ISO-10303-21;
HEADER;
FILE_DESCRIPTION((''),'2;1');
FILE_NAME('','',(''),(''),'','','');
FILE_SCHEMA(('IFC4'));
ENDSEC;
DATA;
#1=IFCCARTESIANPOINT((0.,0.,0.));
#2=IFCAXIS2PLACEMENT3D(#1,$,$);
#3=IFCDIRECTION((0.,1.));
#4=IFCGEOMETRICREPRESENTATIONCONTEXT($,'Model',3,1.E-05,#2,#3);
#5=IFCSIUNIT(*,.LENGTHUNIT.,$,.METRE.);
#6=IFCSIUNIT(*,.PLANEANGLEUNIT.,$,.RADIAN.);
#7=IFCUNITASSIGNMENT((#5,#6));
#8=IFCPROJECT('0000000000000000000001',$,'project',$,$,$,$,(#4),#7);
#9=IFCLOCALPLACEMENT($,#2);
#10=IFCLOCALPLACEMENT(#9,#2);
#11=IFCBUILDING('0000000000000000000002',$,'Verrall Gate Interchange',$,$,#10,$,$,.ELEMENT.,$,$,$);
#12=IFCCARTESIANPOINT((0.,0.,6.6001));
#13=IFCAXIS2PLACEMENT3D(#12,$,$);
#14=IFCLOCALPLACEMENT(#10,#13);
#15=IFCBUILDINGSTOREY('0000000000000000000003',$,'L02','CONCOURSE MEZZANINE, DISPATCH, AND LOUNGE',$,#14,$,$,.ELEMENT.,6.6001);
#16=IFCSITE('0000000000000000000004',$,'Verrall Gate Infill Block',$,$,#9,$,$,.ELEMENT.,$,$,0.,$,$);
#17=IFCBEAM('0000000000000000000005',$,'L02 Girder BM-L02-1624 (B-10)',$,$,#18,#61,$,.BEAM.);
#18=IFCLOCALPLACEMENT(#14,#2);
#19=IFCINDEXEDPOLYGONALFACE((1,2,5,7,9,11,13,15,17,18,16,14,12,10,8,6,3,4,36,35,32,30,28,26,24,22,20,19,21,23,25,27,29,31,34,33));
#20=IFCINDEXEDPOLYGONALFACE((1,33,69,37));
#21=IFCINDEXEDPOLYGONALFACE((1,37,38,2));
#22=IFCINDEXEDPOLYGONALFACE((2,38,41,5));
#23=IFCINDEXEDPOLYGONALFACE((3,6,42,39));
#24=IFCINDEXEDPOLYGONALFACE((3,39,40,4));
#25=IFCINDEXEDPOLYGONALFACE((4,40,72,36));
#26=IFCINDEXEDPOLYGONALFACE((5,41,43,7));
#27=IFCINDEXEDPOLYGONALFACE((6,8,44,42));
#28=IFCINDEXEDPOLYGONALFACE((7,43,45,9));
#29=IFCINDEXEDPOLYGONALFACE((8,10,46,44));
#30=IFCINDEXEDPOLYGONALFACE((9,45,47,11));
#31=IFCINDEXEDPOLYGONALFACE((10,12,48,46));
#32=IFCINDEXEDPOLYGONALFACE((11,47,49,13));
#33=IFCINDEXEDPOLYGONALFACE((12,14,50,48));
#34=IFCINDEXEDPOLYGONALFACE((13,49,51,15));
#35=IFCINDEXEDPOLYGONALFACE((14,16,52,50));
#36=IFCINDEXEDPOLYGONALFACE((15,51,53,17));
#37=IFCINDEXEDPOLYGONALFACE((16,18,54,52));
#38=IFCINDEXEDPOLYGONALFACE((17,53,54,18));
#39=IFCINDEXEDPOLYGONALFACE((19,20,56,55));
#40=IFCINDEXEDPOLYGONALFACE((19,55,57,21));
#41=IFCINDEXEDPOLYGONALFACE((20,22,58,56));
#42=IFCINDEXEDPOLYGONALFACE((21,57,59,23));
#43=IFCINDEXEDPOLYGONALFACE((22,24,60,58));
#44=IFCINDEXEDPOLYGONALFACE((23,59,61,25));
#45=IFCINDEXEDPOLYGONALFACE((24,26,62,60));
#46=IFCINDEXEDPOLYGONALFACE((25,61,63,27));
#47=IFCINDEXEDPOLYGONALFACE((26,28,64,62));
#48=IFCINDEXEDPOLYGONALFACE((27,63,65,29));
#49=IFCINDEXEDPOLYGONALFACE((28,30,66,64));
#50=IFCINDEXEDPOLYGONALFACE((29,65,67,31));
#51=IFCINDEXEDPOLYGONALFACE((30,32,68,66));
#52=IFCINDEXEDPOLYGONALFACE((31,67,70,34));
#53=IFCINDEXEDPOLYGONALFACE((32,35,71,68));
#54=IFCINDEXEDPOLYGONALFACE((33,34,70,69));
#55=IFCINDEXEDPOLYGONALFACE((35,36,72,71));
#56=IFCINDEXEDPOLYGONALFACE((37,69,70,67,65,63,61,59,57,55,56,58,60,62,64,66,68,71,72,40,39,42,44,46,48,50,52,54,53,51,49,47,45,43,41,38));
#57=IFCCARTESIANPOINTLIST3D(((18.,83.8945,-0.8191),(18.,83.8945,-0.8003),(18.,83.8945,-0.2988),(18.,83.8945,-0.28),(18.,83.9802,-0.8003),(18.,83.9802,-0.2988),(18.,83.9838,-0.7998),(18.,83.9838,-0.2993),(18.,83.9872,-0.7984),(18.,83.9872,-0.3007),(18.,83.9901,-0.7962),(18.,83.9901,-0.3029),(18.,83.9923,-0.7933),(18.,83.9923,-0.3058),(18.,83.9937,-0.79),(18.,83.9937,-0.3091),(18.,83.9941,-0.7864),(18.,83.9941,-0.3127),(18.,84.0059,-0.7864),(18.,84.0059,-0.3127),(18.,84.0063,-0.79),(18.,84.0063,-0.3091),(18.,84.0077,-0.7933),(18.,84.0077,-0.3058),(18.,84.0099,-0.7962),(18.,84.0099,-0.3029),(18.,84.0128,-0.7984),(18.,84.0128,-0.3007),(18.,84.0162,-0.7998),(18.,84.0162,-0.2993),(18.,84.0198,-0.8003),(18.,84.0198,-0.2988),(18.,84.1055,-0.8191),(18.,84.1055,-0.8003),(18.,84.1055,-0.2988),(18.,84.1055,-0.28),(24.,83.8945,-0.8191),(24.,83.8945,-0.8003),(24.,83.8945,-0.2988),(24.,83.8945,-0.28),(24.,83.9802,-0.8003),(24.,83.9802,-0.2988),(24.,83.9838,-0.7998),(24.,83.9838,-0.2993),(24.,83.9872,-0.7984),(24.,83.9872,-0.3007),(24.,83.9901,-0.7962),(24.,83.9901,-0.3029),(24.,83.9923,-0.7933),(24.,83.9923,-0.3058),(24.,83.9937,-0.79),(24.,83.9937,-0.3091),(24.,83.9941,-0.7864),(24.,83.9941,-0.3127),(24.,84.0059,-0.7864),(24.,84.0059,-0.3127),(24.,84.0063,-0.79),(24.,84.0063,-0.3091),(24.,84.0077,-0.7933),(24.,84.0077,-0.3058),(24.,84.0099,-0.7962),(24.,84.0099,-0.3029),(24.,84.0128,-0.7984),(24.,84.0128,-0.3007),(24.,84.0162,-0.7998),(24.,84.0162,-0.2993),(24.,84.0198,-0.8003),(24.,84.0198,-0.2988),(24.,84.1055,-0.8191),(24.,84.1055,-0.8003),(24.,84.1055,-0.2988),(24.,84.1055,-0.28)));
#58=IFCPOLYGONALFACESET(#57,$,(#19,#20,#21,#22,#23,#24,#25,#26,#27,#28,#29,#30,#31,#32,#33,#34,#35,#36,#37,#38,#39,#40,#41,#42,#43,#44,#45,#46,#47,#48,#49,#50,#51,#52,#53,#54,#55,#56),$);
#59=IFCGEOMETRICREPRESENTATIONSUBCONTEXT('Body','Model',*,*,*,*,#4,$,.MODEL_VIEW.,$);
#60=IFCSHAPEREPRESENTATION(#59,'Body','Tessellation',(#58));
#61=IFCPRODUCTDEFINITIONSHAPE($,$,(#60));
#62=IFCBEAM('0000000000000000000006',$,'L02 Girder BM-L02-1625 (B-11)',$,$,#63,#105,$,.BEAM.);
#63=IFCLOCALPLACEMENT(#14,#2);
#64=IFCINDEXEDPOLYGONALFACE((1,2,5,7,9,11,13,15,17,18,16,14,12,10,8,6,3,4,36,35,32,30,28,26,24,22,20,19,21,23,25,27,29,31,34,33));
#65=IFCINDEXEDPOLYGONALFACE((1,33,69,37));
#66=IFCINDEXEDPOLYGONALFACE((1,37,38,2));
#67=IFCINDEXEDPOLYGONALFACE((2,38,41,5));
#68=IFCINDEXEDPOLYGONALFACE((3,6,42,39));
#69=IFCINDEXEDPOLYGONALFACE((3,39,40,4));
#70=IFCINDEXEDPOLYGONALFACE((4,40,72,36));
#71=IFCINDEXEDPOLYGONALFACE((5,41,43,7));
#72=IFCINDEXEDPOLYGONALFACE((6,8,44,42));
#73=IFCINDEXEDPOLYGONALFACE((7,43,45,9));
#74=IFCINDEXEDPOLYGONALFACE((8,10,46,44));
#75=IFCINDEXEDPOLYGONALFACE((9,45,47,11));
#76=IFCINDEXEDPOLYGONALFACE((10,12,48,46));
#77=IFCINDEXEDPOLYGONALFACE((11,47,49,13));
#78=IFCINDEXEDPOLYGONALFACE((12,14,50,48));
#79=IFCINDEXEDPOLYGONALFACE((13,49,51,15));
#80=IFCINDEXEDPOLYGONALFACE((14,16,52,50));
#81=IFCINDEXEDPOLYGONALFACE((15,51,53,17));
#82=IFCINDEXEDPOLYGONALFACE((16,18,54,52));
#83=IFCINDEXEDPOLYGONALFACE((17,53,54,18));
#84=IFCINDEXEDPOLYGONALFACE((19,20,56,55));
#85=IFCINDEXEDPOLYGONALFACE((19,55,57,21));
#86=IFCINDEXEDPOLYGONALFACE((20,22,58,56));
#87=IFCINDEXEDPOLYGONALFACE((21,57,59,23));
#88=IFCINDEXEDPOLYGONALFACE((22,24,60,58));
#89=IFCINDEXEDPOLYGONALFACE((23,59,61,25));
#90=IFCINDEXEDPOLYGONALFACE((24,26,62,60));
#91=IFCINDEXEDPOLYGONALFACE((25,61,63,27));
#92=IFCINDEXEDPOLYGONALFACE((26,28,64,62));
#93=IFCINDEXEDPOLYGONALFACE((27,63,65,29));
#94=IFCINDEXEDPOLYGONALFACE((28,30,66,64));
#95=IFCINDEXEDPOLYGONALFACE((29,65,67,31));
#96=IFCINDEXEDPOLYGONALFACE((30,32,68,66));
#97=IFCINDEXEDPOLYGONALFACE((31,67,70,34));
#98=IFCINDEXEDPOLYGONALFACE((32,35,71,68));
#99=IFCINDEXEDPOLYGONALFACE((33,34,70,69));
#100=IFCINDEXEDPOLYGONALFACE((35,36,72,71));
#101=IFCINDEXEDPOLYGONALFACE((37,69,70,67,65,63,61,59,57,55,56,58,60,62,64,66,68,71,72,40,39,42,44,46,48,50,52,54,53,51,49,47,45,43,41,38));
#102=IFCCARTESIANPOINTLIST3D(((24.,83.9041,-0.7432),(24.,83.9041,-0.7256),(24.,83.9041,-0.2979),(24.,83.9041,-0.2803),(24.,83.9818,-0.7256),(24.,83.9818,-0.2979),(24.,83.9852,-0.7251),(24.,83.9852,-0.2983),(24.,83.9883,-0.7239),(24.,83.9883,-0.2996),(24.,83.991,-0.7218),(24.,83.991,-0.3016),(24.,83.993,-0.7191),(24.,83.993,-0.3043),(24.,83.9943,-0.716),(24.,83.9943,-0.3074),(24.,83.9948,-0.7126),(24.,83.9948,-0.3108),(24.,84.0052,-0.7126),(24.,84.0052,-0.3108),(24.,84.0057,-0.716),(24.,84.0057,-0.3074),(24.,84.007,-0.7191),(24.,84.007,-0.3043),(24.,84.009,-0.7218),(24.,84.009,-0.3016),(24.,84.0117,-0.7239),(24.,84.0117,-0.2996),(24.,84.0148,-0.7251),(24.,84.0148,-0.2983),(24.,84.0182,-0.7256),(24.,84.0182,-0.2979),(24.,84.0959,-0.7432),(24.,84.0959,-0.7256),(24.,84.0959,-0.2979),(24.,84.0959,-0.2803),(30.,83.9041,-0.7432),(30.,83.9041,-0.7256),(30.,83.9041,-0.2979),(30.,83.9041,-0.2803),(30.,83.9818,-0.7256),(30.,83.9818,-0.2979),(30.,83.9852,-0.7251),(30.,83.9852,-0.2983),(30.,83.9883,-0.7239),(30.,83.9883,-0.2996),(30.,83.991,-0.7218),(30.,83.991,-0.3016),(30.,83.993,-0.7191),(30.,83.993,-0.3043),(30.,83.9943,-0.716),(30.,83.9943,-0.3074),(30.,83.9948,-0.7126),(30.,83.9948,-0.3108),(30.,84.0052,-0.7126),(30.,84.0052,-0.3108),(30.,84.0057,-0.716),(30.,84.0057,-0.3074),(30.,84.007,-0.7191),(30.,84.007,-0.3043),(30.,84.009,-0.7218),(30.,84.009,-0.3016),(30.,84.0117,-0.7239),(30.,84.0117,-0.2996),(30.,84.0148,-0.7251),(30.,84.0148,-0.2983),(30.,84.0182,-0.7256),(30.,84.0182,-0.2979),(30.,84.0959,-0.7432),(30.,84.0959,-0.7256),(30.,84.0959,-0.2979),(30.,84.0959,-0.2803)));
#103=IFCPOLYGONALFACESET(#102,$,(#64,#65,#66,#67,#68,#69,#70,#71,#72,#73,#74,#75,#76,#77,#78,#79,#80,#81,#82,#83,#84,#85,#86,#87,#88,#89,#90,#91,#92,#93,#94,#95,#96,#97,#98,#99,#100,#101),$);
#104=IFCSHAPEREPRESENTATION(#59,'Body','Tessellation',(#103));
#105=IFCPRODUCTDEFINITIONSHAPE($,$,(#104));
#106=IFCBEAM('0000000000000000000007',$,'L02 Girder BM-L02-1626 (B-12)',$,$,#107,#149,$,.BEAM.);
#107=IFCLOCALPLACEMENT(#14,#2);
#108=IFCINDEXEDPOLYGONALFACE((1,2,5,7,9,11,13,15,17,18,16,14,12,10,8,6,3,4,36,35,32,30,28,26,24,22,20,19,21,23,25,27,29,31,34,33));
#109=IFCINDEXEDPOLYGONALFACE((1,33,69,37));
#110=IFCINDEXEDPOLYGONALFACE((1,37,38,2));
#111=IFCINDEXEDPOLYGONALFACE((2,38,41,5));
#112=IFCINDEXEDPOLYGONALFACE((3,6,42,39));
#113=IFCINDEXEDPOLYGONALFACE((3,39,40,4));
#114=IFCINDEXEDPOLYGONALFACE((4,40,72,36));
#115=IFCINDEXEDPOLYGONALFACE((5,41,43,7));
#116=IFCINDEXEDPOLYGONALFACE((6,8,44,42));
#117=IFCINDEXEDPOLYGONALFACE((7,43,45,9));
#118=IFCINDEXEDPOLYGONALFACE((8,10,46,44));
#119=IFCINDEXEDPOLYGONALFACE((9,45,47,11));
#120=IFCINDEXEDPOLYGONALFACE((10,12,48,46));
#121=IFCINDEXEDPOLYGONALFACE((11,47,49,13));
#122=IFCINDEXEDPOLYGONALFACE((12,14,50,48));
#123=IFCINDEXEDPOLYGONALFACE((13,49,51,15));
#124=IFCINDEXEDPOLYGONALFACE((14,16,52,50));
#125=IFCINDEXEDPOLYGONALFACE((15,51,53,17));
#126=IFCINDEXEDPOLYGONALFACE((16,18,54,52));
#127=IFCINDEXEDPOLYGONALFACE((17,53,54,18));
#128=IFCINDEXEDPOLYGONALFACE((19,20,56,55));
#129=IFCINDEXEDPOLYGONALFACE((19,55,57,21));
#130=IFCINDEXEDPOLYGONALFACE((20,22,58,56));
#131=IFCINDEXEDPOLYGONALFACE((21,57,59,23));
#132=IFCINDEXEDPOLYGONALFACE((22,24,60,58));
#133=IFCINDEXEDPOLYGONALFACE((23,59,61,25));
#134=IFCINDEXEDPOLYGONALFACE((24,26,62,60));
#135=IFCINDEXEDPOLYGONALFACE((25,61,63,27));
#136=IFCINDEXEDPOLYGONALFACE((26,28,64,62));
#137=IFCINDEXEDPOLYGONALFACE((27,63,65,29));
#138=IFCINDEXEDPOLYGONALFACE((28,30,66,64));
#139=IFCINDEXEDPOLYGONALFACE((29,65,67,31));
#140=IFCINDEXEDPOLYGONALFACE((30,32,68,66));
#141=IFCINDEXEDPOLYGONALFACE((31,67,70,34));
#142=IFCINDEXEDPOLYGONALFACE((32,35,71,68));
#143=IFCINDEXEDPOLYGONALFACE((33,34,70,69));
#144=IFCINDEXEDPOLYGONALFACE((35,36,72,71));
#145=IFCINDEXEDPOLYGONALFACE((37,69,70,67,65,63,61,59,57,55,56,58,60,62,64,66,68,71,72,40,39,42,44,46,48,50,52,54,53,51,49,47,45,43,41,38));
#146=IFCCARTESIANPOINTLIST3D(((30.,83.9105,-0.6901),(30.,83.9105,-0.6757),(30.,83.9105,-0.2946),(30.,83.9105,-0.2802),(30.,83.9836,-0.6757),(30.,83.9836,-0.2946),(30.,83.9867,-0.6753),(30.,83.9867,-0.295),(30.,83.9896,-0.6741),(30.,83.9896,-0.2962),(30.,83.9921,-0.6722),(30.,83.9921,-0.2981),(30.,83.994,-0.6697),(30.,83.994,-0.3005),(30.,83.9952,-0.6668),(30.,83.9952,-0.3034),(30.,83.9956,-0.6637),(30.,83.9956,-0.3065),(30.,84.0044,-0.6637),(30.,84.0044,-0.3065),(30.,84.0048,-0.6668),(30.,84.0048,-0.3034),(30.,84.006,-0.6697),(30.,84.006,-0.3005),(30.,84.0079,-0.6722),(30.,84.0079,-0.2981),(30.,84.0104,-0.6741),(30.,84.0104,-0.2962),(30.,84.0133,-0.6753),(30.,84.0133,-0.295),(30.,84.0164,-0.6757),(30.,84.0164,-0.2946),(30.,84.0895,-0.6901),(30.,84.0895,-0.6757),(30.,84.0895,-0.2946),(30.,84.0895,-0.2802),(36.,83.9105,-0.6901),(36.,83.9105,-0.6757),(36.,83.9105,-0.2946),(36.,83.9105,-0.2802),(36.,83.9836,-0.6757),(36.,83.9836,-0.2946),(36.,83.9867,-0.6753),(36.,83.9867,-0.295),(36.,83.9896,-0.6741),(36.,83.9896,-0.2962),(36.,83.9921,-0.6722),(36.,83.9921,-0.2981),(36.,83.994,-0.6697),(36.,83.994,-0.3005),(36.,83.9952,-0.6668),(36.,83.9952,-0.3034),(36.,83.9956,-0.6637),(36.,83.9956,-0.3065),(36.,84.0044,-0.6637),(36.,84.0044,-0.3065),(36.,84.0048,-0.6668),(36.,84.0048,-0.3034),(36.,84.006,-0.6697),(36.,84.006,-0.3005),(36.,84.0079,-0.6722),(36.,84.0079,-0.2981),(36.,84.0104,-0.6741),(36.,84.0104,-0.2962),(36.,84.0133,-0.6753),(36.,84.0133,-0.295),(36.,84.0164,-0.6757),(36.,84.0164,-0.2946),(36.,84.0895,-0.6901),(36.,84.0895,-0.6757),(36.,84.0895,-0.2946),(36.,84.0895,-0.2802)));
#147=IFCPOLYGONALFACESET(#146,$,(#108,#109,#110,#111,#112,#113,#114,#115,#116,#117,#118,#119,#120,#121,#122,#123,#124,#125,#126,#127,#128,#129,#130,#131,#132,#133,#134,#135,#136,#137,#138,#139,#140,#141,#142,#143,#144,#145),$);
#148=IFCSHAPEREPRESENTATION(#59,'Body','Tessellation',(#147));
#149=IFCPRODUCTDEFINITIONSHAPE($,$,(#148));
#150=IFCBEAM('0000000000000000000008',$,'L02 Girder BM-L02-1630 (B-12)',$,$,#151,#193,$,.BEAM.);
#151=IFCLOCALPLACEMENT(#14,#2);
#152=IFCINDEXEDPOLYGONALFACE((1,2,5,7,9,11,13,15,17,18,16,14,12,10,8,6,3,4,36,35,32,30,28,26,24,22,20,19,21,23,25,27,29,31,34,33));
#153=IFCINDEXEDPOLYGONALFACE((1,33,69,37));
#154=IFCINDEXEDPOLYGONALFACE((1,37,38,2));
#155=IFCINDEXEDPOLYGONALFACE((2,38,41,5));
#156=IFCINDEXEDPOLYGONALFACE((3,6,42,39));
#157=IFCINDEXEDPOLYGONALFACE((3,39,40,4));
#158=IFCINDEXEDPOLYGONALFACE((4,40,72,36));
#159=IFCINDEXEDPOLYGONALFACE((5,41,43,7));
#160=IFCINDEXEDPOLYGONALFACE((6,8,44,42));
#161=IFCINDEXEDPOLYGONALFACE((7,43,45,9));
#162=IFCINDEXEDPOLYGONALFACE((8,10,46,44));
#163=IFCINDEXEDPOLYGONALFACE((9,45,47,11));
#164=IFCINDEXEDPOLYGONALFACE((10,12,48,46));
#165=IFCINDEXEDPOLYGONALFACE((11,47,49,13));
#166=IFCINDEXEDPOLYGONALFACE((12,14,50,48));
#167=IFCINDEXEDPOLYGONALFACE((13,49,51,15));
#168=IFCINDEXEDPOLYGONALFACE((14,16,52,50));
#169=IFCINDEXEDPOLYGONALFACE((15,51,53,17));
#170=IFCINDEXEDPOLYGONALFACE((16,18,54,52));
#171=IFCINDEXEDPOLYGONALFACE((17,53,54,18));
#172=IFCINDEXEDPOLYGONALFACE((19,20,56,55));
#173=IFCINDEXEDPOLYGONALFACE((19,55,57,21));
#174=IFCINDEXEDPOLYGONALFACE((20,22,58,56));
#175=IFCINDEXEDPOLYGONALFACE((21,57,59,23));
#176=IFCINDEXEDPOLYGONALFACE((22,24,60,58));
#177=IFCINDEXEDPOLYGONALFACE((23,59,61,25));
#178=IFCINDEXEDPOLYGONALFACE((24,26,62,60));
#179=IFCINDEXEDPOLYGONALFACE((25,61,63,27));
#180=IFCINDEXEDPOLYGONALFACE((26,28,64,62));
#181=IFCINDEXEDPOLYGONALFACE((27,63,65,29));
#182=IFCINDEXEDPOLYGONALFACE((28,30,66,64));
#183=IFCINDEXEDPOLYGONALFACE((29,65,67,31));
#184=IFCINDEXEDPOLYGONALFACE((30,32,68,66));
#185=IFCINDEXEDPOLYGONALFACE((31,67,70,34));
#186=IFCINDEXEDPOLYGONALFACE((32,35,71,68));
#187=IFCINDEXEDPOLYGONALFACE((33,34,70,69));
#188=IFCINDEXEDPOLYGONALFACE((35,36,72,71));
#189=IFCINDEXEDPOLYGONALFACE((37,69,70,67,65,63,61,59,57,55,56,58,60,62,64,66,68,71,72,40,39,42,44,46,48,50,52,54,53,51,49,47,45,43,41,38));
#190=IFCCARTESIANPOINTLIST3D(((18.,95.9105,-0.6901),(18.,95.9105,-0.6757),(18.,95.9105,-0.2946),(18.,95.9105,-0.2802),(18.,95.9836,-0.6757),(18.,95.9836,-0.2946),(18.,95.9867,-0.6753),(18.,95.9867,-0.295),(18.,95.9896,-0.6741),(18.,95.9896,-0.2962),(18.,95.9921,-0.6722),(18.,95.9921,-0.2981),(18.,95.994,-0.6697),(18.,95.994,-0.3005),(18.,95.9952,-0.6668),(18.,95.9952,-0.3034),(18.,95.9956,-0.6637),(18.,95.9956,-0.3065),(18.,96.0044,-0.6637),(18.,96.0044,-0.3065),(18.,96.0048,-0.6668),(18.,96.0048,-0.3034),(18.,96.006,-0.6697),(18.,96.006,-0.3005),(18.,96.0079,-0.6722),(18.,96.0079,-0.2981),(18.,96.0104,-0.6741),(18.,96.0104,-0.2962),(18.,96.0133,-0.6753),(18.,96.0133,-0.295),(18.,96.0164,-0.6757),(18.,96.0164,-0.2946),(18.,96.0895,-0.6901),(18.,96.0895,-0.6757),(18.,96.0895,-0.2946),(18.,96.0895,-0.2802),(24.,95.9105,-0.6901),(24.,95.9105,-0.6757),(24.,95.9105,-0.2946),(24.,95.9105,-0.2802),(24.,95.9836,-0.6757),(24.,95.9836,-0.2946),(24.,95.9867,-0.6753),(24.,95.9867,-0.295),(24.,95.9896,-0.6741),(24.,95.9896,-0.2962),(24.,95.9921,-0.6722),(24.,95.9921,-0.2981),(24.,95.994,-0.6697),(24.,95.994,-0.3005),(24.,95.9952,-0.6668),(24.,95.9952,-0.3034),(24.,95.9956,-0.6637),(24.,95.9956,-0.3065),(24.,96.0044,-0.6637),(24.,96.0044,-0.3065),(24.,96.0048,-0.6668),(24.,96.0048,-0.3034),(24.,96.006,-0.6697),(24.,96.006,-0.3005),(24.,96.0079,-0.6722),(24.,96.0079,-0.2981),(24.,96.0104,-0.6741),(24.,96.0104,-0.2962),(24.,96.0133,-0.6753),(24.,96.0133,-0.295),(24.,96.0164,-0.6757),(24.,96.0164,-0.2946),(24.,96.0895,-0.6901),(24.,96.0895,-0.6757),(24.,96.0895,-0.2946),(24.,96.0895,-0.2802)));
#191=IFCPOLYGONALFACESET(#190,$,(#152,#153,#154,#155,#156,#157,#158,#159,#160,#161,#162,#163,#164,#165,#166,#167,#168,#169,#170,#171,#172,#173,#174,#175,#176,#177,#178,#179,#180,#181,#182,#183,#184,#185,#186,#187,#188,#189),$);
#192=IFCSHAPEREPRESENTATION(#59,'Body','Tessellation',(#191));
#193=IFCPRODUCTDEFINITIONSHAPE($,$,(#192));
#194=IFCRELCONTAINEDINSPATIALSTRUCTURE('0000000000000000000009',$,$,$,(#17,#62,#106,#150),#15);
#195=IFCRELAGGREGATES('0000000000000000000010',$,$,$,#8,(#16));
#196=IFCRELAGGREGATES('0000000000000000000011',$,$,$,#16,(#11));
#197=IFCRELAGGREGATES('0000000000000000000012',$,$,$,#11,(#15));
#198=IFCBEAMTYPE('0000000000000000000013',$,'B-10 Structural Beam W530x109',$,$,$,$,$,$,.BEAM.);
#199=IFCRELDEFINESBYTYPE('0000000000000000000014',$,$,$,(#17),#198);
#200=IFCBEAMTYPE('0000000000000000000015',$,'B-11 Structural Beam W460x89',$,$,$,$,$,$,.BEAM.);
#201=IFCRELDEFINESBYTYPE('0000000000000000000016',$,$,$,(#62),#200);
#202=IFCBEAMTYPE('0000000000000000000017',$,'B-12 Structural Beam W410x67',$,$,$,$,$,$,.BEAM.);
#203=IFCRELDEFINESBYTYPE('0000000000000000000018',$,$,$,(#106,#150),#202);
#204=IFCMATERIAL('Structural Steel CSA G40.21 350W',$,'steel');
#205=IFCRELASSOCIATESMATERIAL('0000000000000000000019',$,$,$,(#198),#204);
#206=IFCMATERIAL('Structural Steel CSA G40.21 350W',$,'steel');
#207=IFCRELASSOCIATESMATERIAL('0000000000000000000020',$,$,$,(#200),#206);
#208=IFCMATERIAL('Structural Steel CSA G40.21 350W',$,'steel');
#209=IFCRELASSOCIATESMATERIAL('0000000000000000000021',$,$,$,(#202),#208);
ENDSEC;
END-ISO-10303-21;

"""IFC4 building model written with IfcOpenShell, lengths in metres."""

from ifc_helpers import new_model, si_unit, direction, frame, origin, origin_2d, place, context, subcontext, project, spatial, i_section, extrude, material, material_profile, profile_set, type_object, element, save


model = new_model("IFC4")

# Units and contexts
model_context = context("Model", 3, precision=1e-05, world=origin(), true_north=direction((0.0, 1.0)))
body_context = subcontext(model_context, "Body", "Model", "MODEL_VIEW")
ifc_project = project(units=[si_unit("LENGTHUNIT", "METRE"), si_unit("PLANEANGLEUNIT", "RADIAN")], contexts=[model_context])

# Site, building, storey
site_placement = place(None, origin())
site = spatial("IfcSite", under=ifc_project, at=site_placement, Name="Verrall Gate Infill Block", CompositionType="ELEMENT", RefElevation=0.0)
building_placement = place(site_placement, origin())
building = spatial("IfcBuilding", under=site, at=building_placement, Name="Verrall Gate Interchange", CompositionType="ELEMENT")
storey_placement = place(building_placement, frame((0.0, 0.0, 6.6001)))
storey = spatial("IfcBuildingStorey", under=building, at=storey_placement, Name="L02", Description="CONCOURSE MEZZANINE, DISPATCH, AND LOUNGE", CompositionType="ELEMENT", Elevation=6.6001)

# Beams
ifc_material_1 = material(Name="Structural Steel CSA G40.21 350W", Category="steel")
ifc_material_profile_1 = material_profile(ifc_material_1, i_section(OverallWidth=0.2109, OverallDepth=0.5391, WebThickness=0.0117, FlangeThickness=0.0188, FilletRadius=0.0139, at=origin_2d()), Name="W530x109")
ifc_profile_set_1 = profile_set([ifc_material_profile_1], Name="Structural Steel CSA G40.21 350W")
beam_type_1 = type_object("IfcBeamType", Name="B-10 Structural Beam W530x109", PredefinedType="BEAM", material=ifc_profile_set_1)
beam_1_placement = place(storey_placement, frame((18.0, 84.0, -0.5496), z_axis=(1.0, 0.0, 0.0), x_axis=(0.0, 1.0, 0.0)))
element("IfcBeam", 1, at=beam_1_placement, inside=storey, type_object=beam_type_1, Name="L02 Girder BM-L02-1624 (B-10)", PredefinedType="BEAM", context=body_context, shape_type="SweptSolid", body=[
    extrude(i_section(OverallWidth=0.2109, OverallDepth=0.5391, WebThickness=0.0117, FlangeThickness=0.0188, FilletRadius=0.0139, at=origin_2d()), origin(), (0.0, 0.0, 1.0), 6.0),
])
ifc_material_2 = material(Name="Structural Steel CSA G40.21 350W", Category="steel")
ifc_material_profile_2 = material_profile(ifc_material_2, i_section(OverallWidth=0.1919, OverallDepth=0.4629, WebThickness=0.0105, FlangeThickness=0.0176, FilletRadius=0.0129, at=origin_2d()), Name="W460x89")
ifc_profile_set_2 = profile_set([ifc_material_profile_2], Name="Structural Steel CSA G40.21 350W")
beam_type_2 = type_object("IfcBeamType", Name="B-11 Structural Beam W460x89", PredefinedType="BEAM", material=ifc_profile_set_2)
beam_2_placement = place(storey_placement, frame((24.0, 84.0, -0.5117), z_axis=(1.0, 0.0, 0.0), x_axis=(0.0, 1.0, 0.0)))
element("IfcBeam", 2, at=beam_2_placement, inside=storey, type_object=beam_type_2, Name="L02 Girder BM-L02-1625 (B-11)", PredefinedType="BEAM", context=body_context, shape_type="SweptSolid", body=[
    extrude(i_section(OverallWidth=0.1919, OverallDepth=0.4629, WebThickness=0.0105, FlangeThickness=0.0176, FilletRadius=0.0129, at=origin_2d()), origin(), (0.0, 0.0, 1.0), 6.0),
])
ifc_material_3 = material(Name="Structural Steel CSA G40.21 350W", Category="steel")
ifc_material_profile_3 = material_profile(ifc_material_3, i_section(OverallWidth=0.179, OverallDepth=0.4099, WebThickness=0.0088, FlangeThickness=0.0144, FilletRadius=0.012, at=origin_2d()), Name="W410x67")
ifc_profile_set_3 = profile_set([ifc_material_profile_3], Name="Structural Steel CSA G40.21 350W")
beam_type_3 = type_object("IfcBeamType", Name="B-12 Structural Beam W410x67", PredefinedType="BEAM", material=ifc_profile_set_3)
for number, where, z_axis, x_axis, name in (
    (3, (30.0, 84.0, -0.4851), (1.0, 0.0, 0.0), (0.0, 1.0, 0.0), "L02 Girder BM-L02-1626 (B-12)"),
    (4, (18.0, 96.0, -0.4851), (1.0, 0.0, 0.0), (0.0, 1.0, 0.0), "L02 Girder BM-L02-1630 (B-12)"),
):
    element("IfcBeam", number, at=place(storey_placement, frame(where, z_axis=z_axis, x_axis=x_axis)), inside=storey, type_object=beam_type_3, Name=name, PredefinedType="BEAM", context=body_context, shape_type="SweptSolid", body=[
        extrude(i_section(OverallWidth=0.179, OverallDepth=0.4099, WebThickness=0.0088, FlangeThickness=0.0144, FilletRadius=0.012, at=origin_2d()), origin(), (0.0, 0.0, 1.0), 6.0),
    ])

save(model, "model.ifc")
